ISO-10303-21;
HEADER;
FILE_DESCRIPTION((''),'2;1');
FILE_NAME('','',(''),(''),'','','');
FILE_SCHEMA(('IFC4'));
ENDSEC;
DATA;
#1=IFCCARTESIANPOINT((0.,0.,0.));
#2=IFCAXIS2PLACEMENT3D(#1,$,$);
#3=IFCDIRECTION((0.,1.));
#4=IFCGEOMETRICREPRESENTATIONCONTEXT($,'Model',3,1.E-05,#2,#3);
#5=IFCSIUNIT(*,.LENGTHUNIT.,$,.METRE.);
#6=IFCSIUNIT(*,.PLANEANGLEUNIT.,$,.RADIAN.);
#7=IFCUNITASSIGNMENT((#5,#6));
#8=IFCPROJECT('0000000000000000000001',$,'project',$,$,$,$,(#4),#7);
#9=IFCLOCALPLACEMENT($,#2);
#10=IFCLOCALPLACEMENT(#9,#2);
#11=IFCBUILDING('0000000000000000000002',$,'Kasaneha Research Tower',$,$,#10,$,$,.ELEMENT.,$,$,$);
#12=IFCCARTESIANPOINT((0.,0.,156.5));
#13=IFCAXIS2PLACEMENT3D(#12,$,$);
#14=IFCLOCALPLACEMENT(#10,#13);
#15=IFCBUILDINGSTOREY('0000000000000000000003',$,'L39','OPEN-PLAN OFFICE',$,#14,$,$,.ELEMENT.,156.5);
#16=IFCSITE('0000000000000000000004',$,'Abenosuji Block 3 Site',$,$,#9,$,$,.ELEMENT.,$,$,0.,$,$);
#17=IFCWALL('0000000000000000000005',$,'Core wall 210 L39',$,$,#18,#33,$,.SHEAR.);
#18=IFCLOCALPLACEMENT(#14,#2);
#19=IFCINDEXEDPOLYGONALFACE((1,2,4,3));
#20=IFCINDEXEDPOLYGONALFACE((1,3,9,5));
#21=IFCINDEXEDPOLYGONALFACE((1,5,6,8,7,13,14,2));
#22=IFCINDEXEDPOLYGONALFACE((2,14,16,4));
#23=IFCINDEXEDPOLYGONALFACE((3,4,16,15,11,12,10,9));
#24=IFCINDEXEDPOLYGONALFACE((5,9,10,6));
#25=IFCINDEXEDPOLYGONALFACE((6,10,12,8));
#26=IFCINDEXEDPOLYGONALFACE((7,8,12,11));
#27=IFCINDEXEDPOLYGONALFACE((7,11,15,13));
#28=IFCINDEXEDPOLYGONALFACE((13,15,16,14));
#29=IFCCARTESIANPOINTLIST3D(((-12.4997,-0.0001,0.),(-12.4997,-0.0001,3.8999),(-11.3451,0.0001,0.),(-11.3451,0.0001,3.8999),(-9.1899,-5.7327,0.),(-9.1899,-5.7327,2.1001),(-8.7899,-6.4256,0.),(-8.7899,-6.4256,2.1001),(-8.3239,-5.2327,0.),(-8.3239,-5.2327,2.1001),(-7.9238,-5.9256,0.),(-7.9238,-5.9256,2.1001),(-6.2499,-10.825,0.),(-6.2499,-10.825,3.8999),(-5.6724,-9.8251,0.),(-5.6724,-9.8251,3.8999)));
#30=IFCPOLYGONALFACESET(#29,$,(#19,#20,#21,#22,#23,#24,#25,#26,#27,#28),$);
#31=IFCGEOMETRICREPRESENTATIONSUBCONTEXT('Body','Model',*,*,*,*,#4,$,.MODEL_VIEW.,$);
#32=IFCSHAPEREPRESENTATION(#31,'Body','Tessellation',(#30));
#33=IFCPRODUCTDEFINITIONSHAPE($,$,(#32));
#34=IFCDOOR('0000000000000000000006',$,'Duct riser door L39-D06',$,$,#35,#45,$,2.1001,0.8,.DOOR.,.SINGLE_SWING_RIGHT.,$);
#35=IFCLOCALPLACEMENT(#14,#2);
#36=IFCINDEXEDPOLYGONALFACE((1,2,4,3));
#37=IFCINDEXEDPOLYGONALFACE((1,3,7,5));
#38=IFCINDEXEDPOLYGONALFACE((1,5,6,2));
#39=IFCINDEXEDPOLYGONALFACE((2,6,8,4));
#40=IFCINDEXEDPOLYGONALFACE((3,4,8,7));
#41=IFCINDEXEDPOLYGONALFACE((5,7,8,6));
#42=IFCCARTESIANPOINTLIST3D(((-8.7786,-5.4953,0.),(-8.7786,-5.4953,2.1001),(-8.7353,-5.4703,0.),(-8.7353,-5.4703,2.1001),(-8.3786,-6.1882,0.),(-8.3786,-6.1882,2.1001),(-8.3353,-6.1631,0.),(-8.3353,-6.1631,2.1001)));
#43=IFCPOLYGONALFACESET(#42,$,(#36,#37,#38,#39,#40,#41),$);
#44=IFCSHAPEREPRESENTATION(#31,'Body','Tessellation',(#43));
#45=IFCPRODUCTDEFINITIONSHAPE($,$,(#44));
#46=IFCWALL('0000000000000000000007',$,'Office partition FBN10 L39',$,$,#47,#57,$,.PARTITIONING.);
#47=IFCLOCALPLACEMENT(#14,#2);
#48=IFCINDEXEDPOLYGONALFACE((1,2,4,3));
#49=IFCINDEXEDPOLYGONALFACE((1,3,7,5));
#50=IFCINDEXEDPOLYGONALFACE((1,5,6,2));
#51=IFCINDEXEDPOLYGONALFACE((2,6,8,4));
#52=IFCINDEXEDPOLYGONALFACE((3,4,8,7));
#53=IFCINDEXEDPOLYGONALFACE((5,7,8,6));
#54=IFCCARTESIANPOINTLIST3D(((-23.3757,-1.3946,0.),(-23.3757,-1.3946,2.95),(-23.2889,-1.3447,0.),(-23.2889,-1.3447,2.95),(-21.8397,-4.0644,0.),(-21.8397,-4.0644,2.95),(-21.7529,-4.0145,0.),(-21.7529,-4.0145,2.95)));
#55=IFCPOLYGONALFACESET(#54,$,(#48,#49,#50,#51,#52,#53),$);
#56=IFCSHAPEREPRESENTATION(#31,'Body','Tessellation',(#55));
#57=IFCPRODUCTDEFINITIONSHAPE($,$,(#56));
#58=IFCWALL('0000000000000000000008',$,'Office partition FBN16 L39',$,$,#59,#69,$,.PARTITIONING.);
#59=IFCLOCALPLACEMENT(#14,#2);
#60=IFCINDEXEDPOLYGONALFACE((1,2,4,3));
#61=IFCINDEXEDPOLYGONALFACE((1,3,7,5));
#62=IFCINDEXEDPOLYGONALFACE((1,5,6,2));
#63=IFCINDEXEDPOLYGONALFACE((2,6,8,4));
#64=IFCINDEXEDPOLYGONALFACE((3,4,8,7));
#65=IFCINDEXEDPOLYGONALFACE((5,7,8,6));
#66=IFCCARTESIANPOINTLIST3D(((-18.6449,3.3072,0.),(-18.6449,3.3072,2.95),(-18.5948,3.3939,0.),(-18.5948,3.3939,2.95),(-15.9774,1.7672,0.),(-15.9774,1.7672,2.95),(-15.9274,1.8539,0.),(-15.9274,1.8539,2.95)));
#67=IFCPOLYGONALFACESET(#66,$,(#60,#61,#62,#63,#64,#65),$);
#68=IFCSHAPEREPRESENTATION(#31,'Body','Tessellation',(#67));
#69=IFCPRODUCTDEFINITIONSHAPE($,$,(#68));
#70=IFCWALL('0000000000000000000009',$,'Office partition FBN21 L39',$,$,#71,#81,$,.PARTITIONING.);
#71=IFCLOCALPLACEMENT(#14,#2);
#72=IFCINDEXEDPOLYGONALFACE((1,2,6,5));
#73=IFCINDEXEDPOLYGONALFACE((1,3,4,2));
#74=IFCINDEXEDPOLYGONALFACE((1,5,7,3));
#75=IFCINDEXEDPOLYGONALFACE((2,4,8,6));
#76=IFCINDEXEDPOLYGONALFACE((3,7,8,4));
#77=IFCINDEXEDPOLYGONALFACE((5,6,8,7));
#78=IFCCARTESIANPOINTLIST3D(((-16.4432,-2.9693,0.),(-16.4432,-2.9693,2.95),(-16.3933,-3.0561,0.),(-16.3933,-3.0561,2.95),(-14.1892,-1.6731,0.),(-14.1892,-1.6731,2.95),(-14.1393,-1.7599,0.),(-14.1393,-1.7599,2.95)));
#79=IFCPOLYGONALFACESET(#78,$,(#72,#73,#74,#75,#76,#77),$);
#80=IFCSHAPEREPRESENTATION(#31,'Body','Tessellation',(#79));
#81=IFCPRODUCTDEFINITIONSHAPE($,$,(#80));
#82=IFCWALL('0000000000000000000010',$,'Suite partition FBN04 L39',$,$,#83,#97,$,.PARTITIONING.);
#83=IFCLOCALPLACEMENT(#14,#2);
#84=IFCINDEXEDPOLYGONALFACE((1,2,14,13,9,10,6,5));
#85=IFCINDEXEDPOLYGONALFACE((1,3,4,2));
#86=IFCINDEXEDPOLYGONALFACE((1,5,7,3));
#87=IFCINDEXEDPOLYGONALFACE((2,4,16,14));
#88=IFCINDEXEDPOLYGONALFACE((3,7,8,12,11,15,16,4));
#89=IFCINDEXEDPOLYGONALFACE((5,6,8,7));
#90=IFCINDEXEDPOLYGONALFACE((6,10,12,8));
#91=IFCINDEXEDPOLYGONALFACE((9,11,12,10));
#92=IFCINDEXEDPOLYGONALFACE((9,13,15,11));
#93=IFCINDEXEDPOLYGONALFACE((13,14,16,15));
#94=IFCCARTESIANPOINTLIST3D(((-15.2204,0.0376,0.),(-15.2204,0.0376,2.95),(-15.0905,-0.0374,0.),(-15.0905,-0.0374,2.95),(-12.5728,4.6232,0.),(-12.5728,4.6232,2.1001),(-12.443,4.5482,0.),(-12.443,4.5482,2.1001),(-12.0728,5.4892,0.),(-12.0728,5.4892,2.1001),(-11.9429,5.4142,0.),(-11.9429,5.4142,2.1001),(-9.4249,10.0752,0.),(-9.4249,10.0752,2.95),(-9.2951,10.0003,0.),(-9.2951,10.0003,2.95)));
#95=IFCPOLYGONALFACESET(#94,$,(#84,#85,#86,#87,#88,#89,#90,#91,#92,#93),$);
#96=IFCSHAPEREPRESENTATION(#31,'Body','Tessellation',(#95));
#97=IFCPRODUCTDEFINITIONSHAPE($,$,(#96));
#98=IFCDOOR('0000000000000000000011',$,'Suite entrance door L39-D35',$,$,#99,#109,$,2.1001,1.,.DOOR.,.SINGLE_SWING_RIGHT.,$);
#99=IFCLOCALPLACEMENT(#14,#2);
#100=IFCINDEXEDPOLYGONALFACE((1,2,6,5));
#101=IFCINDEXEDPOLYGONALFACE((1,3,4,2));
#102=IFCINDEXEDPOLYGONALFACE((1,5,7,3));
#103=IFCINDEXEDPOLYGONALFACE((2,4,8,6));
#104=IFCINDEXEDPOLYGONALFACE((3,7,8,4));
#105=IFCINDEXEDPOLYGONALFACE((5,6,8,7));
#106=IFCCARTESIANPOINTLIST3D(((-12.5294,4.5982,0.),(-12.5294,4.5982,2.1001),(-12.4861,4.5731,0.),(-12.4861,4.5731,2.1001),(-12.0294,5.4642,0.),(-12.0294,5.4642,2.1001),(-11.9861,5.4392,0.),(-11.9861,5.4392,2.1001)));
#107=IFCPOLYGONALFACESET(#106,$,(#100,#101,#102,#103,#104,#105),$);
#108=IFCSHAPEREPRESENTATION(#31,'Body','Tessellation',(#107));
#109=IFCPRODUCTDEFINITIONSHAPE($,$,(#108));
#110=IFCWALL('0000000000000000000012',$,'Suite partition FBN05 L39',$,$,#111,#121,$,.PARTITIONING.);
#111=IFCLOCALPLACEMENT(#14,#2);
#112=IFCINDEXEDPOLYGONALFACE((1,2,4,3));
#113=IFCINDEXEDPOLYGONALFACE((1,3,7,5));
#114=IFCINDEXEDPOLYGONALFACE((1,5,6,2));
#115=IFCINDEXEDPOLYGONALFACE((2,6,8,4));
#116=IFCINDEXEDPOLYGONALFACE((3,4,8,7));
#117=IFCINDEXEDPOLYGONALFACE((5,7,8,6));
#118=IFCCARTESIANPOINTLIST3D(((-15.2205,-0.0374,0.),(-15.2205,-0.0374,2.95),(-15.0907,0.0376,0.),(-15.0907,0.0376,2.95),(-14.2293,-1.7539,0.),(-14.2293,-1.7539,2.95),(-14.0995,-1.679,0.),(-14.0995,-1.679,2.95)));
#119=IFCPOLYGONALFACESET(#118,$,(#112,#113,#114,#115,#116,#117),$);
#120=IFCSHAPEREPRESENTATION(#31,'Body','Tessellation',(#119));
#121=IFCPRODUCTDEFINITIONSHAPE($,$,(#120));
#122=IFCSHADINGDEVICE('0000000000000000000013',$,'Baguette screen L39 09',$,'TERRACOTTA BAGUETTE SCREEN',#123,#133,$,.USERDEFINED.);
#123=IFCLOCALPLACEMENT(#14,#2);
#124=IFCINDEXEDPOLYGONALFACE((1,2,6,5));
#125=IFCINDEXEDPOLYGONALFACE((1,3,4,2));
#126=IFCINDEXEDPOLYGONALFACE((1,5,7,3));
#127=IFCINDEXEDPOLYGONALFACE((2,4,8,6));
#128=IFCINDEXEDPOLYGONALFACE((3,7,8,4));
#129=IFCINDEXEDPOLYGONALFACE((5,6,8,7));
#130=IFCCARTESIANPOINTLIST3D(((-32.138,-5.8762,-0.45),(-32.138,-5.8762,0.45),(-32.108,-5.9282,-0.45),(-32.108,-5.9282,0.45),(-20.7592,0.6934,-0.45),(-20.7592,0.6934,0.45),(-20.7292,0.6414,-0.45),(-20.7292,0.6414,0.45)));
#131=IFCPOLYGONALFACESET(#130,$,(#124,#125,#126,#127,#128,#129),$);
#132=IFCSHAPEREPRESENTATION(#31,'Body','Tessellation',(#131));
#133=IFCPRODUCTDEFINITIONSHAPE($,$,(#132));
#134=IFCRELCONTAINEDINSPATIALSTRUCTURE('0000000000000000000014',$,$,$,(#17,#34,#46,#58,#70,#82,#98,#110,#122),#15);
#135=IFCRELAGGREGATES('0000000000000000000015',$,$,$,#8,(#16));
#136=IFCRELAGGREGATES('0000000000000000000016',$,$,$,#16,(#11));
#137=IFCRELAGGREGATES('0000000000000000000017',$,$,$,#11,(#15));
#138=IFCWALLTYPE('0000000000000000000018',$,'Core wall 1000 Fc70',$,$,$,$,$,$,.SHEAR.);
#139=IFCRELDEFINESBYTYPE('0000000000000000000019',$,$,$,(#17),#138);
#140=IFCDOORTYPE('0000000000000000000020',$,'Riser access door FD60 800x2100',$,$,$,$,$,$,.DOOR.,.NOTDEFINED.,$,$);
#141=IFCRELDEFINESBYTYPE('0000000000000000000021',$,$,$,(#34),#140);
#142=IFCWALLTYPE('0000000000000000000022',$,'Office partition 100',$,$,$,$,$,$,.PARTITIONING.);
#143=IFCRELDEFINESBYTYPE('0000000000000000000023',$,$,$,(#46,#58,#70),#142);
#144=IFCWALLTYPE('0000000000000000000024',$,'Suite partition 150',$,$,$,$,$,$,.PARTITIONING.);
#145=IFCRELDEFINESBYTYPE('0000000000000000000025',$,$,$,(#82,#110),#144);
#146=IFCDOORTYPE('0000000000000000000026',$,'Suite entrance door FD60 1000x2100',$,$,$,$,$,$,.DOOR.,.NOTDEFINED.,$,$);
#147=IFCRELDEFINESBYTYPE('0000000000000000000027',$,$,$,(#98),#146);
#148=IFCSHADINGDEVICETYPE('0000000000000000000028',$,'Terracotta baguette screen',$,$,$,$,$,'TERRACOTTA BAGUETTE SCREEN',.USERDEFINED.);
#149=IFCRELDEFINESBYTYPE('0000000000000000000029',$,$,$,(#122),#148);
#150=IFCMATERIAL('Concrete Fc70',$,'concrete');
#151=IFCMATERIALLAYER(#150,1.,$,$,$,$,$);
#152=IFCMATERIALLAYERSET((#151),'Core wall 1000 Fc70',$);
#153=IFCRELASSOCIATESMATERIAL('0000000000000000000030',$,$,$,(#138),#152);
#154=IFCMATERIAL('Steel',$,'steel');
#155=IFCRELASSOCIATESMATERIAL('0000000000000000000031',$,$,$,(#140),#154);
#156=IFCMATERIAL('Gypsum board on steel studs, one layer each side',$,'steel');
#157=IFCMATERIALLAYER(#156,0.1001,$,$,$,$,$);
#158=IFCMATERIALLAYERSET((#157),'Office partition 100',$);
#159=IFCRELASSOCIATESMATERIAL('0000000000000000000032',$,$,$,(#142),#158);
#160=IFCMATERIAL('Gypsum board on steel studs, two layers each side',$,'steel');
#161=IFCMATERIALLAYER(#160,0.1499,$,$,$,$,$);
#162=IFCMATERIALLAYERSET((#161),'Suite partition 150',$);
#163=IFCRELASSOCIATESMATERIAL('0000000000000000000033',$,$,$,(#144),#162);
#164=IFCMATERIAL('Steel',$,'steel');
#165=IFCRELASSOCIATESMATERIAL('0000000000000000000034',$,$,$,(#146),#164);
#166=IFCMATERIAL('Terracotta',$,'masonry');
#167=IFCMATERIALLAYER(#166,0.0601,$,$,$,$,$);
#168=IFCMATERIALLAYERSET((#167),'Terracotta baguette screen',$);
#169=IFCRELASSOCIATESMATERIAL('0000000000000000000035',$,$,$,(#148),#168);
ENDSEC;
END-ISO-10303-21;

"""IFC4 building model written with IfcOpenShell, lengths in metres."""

from ifc_helpers import new_model, si_unit, direction, frame, frame_2d, origin, origin_2d, place, context, subcontext, project, spatial, polyline, rectangle, outline, extrude, material, layer, layer_set, type_object, element, fill, save


model = new_model("IFC4")

# Units and contexts
model_context = context("Model", 3, precision=1e-05, world=origin(), true_north=direction((0.0, 1.0)))
body_context = subcontext(model_context, "Body", "Model", "MODEL_VIEW")
ifc_project = project(units=[si_unit("LENGTHUNIT", "METRE"), si_unit("PLANEANGLEUNIT", "RADIAN")], contexts=[model_context])

# Site, building, storey
site_placement = place(None, origin())
site = spatial("IfcSite", under=ifc_project, at=site_placement, Name="Abenosuji Block 3 Site", CompositionType="ELEMENT", RefElevation=0.0)
building_placement = place(site_placement, origin())
building = spatial("IfcBuilding", under=site, at=building_placement, Name="Kasaneha Research Tower", CompositionType="ELEMENT")
storey_placement = place(building_placement, frame((0.0, 0.0, 156.5)))
storey = spatial("IfcBuildingStorey", under=building, at=storey_placement, Name="L39", Description="OPEN-PLAN OFFICE", CompositionType="ELEMENT", Elevation=156.5)

# Wall, opening, door
ifc_material_1 = material(Name="Concrete Fc70", Category="concrete")
ifc_layer_1 = layer(ifc_material_1, 1.0)
ifc_layer_set_1 = layer_set([ifc_layer_1], Name="Core wall 1000 Fc70")
wall_type_1 = type_object("IfcWallType", Name="Core wall 1000 Fc70", PredefinedType="SHEAR", material=ifc_layer_set_1)
wall_1_placement = place(storey_placement, frame((-11.9224, 0.0, 0.0), z_axis=(0.0, 0.0, 1.0), x_axis=(0.500004, -0.866023, 0.0)))
wall_1 = element("IfcWall", 1, at=wall_1_placement, inside=storey, type_object=wall_type_1, Name="Core wall 210 L39", PredefinedType="SHEAR", context=body_context, shape_type="SweptSolid", body=[
    extrude(outline(polyline([(-0.2886, -0.5), (6.3311, -0.5), (7.1311, -0.5), (12.2109, -0.5), (11.6338, 0.5), (7.1311, 0.5), (6.3311, 0.5), (0.2886, 0.5), (-0.2886, -0.5)])), origin(), (0.0, 0.0, 1.0), 3.8999),
])
opening_1_placement = place(wall_1_placement, frame((6.3311, 0.0, 0.0)))
opening_1 = element("IfcOpeningElement", 2, at=opening_1_placement, cuts=wall_1, PredefinedType="OPENING", context=body_context, shape_type="SweptSolid", body=[
    extrude(rectangle(XDim=0.8, YDim=2.1001, at=frame_2d((0.3999, 1.05))), frame((0.0, 0.51, 0.0), z_axis=(0.0, -1.0, 0.0), x_axis=(1.0, 0.0, 0.0)), (0.0, 0.0, 1.0), 1.02),
])
ifc_material_2 = material(Name="Steel", Category="steel")
door_type_1 = type_object("IfcDoorType", Name="Riser access door FD60 800x2100", OperationType="NOTDEFINED", PredefinedType="DOOR", material=ifc_material_2)
door_1_placement = place(opening_1_placement, origin())
door_1 = element("IfcDoor", 3, at=door_1_placement, inside=storey, type_object=door_type_1, Name="Duct riser door L39-D06", OperationType="SINGLE_SWING_RIGHT", OverallHeight=2.1001, OverallWidth=0.8, PredefinedType="DOOR", context=body_context, shape_type="SweptSolid", body=[
    extrude(rectangle(XDim=0.8, YDim=2.1001, at=frame_2d((0.3999, 1.05))), frame((0.0, 0.0249, 0.0), z_axis=(0.0, -1.0, 0.0), x_axis=(1.0, 0.0, 0.0)), (0.0, 0.0, 1.0), 0.05),
])
fill(opening_1, door_1)

# Walls
ifc_material_3 = material(Name="Gypsum board on steel studs, one layer each side", Category="steel")
ifc_layer_2 = layer(ifc_material_3, 0.1001)
ifc_layer_set_2 = layer_set([ifc_layer_2], Name="Office partition 100")
wall_type_2 = type_object("IfcWallType", Name="Office partition 100", PredefinedType="PARTITIONING", material=ifc_layer_set_2)
for number, where, z_axis, x_axis, name in (
    (4, (-23.3323, -1.3696, 0.0), (0.0, 0.0, 1.0), (0.498672, -0.866791, 0.0), "Office partition FBN10 L39"),
    (5, (-15.9524, 1.8105, 0.0), (0.0, 0.0, 1.0), (-0.86603, 0.499992, 0.0), "Office partition FBN16 L39"),
):
    element("IfcWall", number, at=place(storey_placement, frame(where, z_axis=z_axis, x_axis=x_axis)), inside=storey, type_object=wall_type_2, Name=name, PredefinedType="PARTITIONING", context=body_context, shape_type="SweptSolid", body=[
        extrude(rectangle(XDim=3.0801, YDim=0.1001, at=frame_2d((1.54, 0.0))), origin(), (0.0, 0.0, 1.0), 2.95),
    ])
wall_2_placement = place(storey_placement, frame((-16.4182, -3.0127, 0.0), z_axis=(0.0, 0.0, 1.0), x_axis=(0.866882, 0.498513, 0.0)))
element("IfcWall", 6, at=wall_2_placement, inside=storey, type_object=wall_type_2, Name="Office partition FBN21 L39", PredefinedType="PARTITIONING", context=body_context, shape_type="SweptSolid", body=[
    extrude(rectangle(XDim=2.6001, YDim=0.1001, at=frame_2d((1.3, 0.0))), origin(), (0.0, 0.0, 1.0), 2.95),
])

# Wall, opening, door
ifc_material_4 = material(Name="Gypsum board on steel studs, two layers each side", Category="steel")
ifc_layer_3 = layer(ifc_material_4, 0.1499)
ifc_layer_set_3 = layer_set([ifc_layer_3], Name="Suite partition 150")
wall_type_3 = type_object("IfcWallType", Name="Suite partition 150", PredefinedType="PARTITIONING", material=ifc_layer_set_3)
wall_3_placement = place(storey_placement, frame((-15.1555, 0.0, 0.0), z_axis=(0.0, 0.0, 1.0), x_axis=(0.500013, 0.866018, 0.0)))
wall_3 = element("IfcWall", 7, at=wall_3_placement, inside=storey, type_object=wall_type_3, Name="Suite partition FBN04 L39", PredefinedType="PARTITIONING", context=body_context, shape_type="SweptSolid", body=[
    extrude(rectangle(XDim=11.5906, YDim=0.1499, at=frame_2d((5.7954, 0.0))), origin(), (0.0, 0.0, 1.0), 2.95),
])
opening_2_placement = place(wall_3_placement, frame((5.2952, 0.0, 0.0)))
opening_2 = element("IfcOpeningElement", 8, at=opening_2_placement, cuts=wall_3, PredefinedType="OPENING", context=body_context, shape_type="SweptSolid", body=[
    extrude(rectangle(XDim=1.0, YDim=2.1001, at=frame_2d((0.5, 1.05))), frame((0.0, 0.085, 0.0), z_axis=(0.0, -1.0, 0.0), x_axis=(1.0, 0.0, 0.0)), (0.0, 0.0, 1.0), 0.1699),
])
ifc_material_5 = material(Name="Steel", Category="steel")
door_type_2 = type_object("IfcDoorType", Name="Suite entrance door FD60 1000x2100", OperationType="NOTDEFINED", PredefinedType="DOOR", material=ifc_material_5)
door_2_placement = place(opening_2_placement, origin())
door_2 = element("IfcDoor", 9, at=door_2_placement, inside=storey, type_object=door_type_2, Name="Suite entrance door L39-D35", OperationType="SINGLE_SWING_RIGHT", OverallHeight=2.1001, OverallWidth=1.0, PredefinedType="DOOR", context=body_context, shape_type="SweptSolid", body=[
    extrude(rectangle(XDim=1.0, YDim=2.1001, at=frame_2d((0.5, 1.05))), frame((0.0, 0.0249, 0.0), z_axis=(0.0, -1.0, 0.0), x_axis=(1.0, 0.0, 0.0)), (0.0, 0.0, 1.0), 0.05),
])
fill(opening_2, door_2)

# Wall
wall_4_placement = place(storey_placement, frame((-14.1643, -1.7166, 0.0), z_axis=(0.0, 0.0, 1.0), x_axis=(-0.50006, 0.865991, 0.0)))
element("IfcWall", 10, at=wall_4_placement, inside=storey, type_object=wall_type_3, Name="Suite partition FBN05 L39", PredefinedType="PARTITIONING", context=body_context, shape_type="SweptSolid", body=[
    extrude(rectangle(XDim=1.9822, YDim=0.1499, at=frame_2d((0.9912, 0.0))), origin(), (0.0, 0.0, 1.0), 2.95),
])

# Shading device
ifc_material_6 = material(Name="Terracotta", Category="masonry")
ifc_layer_4 = layer(ifc_material_6, 0.0601)
ifc_layer_set_4 = layer_set([ifc_layer_4], Name="Terracotta baguette screen")
shading_device_type = type_object("IfcShadingDeviceType", Name="Terracotta baguette screen", ElementType="TERRACOTTA BAGUETTE SCREEN", PredefinedType="USERDEFINED", material=ifc_layer_set_4)
shading_device_placement = place(storey_placement, frame((-26.4336, -2.6174, -0.45), z_axis=(0.0, 0.0, 1.0), x_axis=(-0.866025, -0.5, 0.0)))
element("IfcShadingDevice", 11, at=shading_device_placement, inside=storey, type_object=shading_device_type, Name="Baguette screen L39 09", ObjectType="TERRACOTTA BAGUETTE SCREEN", PredefinedType="USERDEFINED", context=body_context, shape_type="SweptSolid", body=[
    extrude(rectangle(XDim=13.1392, YDim=0.0601, at=origin_2d()), origin(), (0.0, 0.0, 1.0), 0.8999),
])

save(model, "model.ifc")
